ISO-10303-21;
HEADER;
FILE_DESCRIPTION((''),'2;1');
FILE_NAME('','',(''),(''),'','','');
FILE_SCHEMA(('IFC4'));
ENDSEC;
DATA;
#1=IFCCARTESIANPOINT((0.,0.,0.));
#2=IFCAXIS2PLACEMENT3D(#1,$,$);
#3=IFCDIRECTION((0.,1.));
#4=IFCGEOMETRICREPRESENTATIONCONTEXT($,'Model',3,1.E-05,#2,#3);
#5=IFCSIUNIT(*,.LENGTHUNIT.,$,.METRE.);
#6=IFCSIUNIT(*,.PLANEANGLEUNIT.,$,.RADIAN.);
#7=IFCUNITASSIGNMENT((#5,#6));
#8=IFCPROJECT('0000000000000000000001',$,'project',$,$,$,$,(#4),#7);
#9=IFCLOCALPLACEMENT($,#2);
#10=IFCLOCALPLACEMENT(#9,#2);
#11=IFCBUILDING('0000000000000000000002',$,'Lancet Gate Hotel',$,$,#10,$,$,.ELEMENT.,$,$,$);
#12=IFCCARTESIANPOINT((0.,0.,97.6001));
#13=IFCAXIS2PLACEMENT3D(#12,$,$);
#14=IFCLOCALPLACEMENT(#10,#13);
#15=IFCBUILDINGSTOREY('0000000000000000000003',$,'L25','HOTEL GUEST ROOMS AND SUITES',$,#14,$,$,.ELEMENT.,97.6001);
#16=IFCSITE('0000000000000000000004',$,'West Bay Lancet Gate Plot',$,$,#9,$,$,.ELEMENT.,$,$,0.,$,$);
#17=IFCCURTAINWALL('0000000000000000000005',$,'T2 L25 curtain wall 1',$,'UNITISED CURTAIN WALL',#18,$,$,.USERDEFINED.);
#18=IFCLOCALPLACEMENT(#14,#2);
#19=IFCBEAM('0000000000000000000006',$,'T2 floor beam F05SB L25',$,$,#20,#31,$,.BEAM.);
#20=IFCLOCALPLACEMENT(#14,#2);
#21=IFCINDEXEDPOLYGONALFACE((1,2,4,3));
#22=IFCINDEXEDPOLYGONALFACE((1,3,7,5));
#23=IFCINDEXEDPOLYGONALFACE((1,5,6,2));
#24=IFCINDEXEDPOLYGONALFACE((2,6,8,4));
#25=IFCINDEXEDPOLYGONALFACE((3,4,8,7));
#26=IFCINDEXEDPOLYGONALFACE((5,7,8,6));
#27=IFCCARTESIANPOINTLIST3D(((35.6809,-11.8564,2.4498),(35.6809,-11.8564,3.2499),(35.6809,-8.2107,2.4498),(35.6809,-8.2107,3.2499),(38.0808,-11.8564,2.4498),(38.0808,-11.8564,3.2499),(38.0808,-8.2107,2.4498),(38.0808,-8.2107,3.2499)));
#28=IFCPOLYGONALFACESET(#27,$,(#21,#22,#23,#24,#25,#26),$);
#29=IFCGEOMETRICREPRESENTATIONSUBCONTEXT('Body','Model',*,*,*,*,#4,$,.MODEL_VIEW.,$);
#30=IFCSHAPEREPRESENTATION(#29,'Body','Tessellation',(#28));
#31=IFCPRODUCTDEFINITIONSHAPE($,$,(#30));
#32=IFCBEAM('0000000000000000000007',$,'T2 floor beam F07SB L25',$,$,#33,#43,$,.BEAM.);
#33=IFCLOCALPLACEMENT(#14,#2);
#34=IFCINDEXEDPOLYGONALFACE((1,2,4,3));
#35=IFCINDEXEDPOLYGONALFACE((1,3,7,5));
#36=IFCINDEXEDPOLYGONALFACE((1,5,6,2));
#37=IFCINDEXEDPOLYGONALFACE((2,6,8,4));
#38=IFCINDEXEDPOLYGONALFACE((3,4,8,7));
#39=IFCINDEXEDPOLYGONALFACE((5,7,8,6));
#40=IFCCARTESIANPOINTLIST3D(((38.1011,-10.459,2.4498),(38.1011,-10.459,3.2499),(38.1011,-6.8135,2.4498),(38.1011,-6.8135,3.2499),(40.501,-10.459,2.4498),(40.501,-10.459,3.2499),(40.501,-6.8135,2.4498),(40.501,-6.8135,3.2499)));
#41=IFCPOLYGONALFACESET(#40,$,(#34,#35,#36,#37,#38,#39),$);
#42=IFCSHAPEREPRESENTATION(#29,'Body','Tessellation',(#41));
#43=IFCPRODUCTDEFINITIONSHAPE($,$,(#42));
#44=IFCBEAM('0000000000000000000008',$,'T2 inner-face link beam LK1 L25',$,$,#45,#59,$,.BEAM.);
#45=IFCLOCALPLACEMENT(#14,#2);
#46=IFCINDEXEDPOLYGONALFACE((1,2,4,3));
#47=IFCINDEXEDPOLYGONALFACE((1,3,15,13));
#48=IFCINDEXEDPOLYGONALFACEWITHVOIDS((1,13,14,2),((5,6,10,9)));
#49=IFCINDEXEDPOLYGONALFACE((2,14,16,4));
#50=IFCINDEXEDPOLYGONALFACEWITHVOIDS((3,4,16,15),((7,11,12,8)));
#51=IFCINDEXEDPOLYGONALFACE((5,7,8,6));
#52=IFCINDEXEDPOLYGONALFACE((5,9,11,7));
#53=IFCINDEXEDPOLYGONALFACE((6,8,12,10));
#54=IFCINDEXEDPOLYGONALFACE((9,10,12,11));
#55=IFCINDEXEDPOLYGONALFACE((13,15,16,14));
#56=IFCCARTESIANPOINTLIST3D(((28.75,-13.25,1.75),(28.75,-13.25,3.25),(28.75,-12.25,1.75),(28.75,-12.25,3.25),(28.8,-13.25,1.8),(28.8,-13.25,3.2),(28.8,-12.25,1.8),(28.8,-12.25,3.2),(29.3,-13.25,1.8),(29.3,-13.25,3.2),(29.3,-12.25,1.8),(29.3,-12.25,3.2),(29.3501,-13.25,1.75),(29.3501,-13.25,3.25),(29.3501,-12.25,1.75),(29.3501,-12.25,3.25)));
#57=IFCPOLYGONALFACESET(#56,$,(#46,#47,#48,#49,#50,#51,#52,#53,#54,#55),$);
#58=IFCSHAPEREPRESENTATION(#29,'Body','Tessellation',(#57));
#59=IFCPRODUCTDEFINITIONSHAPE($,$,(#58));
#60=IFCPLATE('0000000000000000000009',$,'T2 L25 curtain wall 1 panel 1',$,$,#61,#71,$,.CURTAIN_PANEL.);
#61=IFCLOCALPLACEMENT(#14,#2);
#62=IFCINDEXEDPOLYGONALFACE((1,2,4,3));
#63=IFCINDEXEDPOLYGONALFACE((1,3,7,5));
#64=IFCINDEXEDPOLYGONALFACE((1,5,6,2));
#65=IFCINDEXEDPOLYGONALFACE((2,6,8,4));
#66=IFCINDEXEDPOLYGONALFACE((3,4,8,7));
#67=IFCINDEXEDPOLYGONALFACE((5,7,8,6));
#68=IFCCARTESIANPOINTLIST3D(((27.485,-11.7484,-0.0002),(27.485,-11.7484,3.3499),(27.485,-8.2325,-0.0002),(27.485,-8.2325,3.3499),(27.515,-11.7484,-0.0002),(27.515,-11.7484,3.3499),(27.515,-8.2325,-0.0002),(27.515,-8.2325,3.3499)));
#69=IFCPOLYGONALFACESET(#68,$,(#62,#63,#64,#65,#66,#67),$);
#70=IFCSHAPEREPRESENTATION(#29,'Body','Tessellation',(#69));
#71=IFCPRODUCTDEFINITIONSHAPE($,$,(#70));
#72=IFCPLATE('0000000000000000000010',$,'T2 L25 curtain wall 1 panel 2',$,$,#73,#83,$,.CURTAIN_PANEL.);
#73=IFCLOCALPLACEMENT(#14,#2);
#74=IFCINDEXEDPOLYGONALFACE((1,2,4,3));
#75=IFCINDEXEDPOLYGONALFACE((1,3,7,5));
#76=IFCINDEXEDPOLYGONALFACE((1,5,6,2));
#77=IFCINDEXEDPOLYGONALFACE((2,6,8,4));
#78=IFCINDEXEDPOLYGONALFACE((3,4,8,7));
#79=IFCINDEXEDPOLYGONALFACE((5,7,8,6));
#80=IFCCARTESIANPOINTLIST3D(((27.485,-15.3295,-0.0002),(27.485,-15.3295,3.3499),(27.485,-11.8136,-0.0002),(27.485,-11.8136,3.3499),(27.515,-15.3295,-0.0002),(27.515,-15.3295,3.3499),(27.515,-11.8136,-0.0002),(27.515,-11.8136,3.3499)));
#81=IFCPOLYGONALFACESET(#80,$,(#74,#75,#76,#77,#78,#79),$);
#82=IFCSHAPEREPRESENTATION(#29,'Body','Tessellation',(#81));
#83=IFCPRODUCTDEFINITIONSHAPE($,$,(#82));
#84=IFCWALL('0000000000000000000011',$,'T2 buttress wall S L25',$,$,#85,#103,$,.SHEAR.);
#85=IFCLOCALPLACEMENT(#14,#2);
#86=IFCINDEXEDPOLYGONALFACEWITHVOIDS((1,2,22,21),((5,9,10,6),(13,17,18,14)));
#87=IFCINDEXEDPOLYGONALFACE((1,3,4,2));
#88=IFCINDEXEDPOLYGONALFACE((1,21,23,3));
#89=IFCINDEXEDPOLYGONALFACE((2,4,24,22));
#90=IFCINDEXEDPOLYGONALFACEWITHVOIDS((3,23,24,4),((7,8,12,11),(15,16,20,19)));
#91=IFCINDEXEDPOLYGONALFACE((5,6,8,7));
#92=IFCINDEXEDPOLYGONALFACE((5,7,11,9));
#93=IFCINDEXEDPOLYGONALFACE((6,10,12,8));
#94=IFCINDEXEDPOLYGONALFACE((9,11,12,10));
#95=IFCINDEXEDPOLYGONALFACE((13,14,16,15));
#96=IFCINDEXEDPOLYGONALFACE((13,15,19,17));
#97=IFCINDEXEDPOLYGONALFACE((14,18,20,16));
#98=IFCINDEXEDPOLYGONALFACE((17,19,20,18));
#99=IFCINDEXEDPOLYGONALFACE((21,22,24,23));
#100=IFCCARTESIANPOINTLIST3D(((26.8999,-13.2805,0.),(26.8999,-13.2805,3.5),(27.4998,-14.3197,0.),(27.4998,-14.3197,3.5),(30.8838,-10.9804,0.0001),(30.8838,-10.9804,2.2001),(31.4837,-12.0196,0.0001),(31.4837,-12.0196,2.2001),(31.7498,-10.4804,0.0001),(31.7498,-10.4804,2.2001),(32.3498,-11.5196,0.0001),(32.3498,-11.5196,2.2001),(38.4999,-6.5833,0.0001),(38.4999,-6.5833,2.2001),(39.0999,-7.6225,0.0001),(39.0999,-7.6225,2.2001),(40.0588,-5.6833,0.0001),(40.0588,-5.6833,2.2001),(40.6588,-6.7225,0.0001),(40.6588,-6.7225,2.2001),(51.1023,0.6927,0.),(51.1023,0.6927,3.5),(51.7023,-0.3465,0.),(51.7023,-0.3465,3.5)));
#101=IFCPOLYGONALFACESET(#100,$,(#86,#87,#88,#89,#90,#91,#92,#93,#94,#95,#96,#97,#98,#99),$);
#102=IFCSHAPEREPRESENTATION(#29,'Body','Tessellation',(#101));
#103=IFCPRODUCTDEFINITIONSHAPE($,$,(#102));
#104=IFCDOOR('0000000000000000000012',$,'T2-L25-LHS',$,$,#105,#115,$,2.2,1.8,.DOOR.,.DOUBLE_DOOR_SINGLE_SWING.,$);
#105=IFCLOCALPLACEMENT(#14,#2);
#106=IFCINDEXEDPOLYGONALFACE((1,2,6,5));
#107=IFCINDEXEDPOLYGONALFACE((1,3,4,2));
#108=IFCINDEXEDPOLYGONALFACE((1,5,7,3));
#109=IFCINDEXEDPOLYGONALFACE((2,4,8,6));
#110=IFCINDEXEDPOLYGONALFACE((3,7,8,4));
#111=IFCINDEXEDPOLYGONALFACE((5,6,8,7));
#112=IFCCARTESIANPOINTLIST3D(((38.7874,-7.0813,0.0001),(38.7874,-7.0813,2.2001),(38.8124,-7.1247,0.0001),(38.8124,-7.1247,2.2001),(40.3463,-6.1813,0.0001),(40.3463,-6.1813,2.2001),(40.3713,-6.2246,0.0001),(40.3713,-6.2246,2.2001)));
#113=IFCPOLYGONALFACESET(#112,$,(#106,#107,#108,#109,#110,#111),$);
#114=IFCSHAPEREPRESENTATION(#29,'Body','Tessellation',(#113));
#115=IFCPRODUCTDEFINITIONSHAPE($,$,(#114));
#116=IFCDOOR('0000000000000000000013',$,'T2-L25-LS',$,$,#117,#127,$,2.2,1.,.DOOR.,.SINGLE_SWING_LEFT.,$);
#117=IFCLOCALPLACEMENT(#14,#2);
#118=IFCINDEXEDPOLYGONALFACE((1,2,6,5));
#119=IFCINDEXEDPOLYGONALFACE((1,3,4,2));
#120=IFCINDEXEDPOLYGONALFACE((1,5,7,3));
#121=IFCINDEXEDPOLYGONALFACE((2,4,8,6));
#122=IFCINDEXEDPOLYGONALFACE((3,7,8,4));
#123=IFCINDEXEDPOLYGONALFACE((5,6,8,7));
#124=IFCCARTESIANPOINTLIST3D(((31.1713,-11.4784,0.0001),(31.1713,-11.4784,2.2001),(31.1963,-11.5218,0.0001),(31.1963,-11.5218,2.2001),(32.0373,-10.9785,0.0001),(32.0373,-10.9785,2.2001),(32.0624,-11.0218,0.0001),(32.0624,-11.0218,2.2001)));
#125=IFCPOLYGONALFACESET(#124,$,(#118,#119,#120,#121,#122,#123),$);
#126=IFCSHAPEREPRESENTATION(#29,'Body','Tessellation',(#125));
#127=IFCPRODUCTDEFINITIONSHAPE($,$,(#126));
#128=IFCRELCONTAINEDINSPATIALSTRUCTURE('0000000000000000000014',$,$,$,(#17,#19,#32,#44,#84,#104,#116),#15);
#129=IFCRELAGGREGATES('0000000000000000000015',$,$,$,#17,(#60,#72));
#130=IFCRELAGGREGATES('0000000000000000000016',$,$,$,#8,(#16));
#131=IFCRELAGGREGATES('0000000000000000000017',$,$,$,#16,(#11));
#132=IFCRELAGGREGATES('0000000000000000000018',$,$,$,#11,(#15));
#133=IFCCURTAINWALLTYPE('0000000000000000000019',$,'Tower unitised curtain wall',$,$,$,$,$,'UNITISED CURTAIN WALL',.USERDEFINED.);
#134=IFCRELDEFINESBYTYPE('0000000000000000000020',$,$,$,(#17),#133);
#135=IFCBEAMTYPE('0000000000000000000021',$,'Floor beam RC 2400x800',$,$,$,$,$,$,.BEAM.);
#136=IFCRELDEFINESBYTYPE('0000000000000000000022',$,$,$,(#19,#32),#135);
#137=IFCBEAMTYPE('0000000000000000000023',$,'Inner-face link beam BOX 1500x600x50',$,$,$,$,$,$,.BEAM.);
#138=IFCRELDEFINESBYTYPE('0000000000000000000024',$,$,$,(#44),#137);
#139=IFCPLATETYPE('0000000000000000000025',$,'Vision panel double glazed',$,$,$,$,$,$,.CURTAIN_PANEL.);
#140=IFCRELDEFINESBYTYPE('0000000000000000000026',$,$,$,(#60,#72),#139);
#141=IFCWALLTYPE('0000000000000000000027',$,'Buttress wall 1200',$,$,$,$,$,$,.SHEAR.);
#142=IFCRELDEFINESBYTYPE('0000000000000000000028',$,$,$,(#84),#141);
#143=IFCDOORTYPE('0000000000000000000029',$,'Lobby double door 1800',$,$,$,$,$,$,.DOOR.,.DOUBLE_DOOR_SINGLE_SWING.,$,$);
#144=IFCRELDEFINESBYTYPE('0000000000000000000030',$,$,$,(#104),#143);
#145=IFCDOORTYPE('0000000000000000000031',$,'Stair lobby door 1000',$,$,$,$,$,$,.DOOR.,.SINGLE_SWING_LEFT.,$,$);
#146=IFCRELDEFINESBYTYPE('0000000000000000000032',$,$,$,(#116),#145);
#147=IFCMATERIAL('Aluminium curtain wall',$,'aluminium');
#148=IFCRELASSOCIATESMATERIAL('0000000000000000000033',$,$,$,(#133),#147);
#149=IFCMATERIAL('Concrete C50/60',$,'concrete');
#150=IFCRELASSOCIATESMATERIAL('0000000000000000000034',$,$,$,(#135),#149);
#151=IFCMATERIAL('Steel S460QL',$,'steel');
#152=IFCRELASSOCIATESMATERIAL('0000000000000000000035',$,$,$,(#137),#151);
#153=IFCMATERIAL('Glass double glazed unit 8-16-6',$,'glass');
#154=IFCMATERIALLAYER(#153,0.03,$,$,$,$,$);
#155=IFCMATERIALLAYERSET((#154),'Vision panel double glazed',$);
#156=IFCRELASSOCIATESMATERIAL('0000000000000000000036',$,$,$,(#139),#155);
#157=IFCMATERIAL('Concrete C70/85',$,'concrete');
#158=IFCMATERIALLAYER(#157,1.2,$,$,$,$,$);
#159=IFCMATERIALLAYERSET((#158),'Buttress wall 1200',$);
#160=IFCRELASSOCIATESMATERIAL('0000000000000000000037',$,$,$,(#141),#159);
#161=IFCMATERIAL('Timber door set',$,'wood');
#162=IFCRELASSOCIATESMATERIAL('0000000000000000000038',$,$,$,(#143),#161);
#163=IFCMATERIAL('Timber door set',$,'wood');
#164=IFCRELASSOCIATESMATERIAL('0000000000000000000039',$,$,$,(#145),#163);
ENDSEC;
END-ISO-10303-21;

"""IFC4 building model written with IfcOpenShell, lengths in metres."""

from ifc_helpers import new_model, si_unit, direction, frame, frame_2d, origin, origin_2d, place, context, subcontext, project, spatial, rectangle, hollow_rectangle, extrude, material, layer, layer_set, material_profile, profile_set, type_object, element, fill, aggregate, save


model = new_model("IFC4")

# Units and contexts
model_context = context("Model", 3, precision=1e-05, world=origin(), true_north=direction((0.0, 1.0)))
body_context = subcontext(model_context, "Body", "Model", "MODEL_VIEW")
ifc_project = project(units=[si_unit("LENGTHUNIT", "METRE"), si_unit("PLANEANGLEUNIT", "RADIAN")], contexts=[model_context])

# Site, building, storey
site_placement = place(None, origin())
site = spatial("IfcSite", under=ifc_project, at=site_placement, Name="West Bay Lancet Gate Plot", CompositionType="ELEMENT", RefElevation=0.0)
building_placement = place(site_placement, origin())
building = spatial("IfcBuilding", under=site, at=building_placement, Name="Lancet Gate Hotel", CompositionType="ELEMENT")
storey_placement = place(building_placement, frame((0.0, 0.0, 97.6001)))
storey = spatial("IfcBuildingStorey", under=building, at=storey_placement, Name="L25", Description="HOTEL GUEST ROOMS AND SUITES", CompositionType="ELEMENT", Elevation=97.6001)

# Curtain wall
ifc_material_1 = material(Name="Aluminium curtain wall", Category="aluminium")
curtain_wall_type = type_object("IfcCurtainWallType", Name="Tower unitised curtain wall", ElementType="UNITISED CURTAIN WALL", PredefinedType="USERDEFINED", material=ifc_material_1)
curtain_wall_placement = place(storey_placement, origin())
curtain_wall = element("IfcCurtainWall", 1, at=curtain_wall_placement, inside=storey, type_object=curtain_wall_type, Name="T2 L25 curtain wall 1", ObjectType="UNITISED CURTAIN WALL", PredefinedType="USERDEFINED")

# Beams
ifc_material_2 = material(Name="Concrete C50/60", Category="concrete")
ifc_material_profile_1 = material_profile(ifc_material_2, rectangle(XDim=2.3999, YDim=0.8, at=origin_2d()), Name="RC 2400x800")
ifc_profile_set_1 = profile_set([ifc_material_profile_1], Name="Concrete C50/60")
beam_type_1 = type_object("IfcBeamType", Name="Floor beam RC 2400x800", PredefinedType="BEAM", material=ifc_profile_set_1)
for number, where, z_axis, x_axis, name in (
    (2, (36.8809, -11.8564, 2.8499), (0.0, 1.0, 0.0), (-1.0, 0.0, 0.0), "T2 floor beam F05SB L25"),
):
    element("IfcBeam", number, at=place(storey_placement, frame(where, z_axis=z_axis, x_axis=x_axis)), inside=storey, type_object=beam_type_1, Name=name, PredefinedType="BEAM", context=body_context, shape_type="SweptSolid", body=[
        extrude(rectangle(XDim=2.3999, YDim=0.8, at=origin_2d()), origin(), (0.0, 0.0, 1.0), 3.6458),
    ])
beam_1_placement = place(storey_placement, frame((39.301, -10.459, 2.8499), z_axis=(0.0, 1.0, 0.0), x_axis=(-1.0, 0.0, 0.0)))
element("IfcBeam", 3, at=beam_1_placement, inside=storey, type_object=beam_type_1, Name="T2 floor beam F07SB L25", PredefinedType="BEAM", context=body_context, shape_type="SweptSolid", body=[
    extrude(rectangle(XDim=2.3999, YDim=0.8, at=origin_2d()), origin(), (0.0, 0.0, 1.0), 3.6455),
])
ifc_material_3 = material(Name="Steel S460QL", Category="steel")
ifc_material_profile_2 = material_profile(ifc_material_3, hollow_rectangle(XDim=0.6001, YDim=1.5, WallThickness=0.05, at=origin_2d()), Name="BOX 1500x600x50")
ifc_profile_set_2 = profile_set([ifc_material_profile_2], Name="Steel S460QL")
beam_type_2 = type_object("IfcBeamType", Name="Inner-face link beam BOX 1500x600x50", PredefinedType="BEAM", material=ifc_profile_set_2)
beam_2_placement = place(storey_placement, frame((29.05, -13.25, 2.5), z_axis=(0.0, 1.0, 0.0), x_axis=(-1.0, 0.0, 0.0)))
element("IfcBeam", 4, at=beam_2_placement, inside=storey, type_object=beam_type_2, Name="T2 inner-face link beam LK1 L25", PredefinedType="BEAM", context=body_context, shape_type="SweptSolid", body=[
    extrude(hollow_rectangle(XDim=0.6001, YDim=1.5, WallThickness=0.05, at=origin_2d()), origin(), (0.0, 0.0, 1.0), 1.0),
])

# Plates
ifc_material_4 = material(Name="Glass double glazed unit 8-16-6", Category="glass")
ifc_layer_1 = layer(ifc_material_4, 0.03)
ifc_layer_set_1 = layer_set([ifc_layer_1], Name="Vision panel double glazed")
plate_type = type_object("IfcPlateType", Name="Vision panel double glazed", PredefinedType="CURTAIN_PANEL", material=ifc_layer_set_1)
plate_1_placement = place(storey_placement, frame((27.5, -9.9905, -0.0002), z_axis=(0.0, 0.0, 1.0), x_axis=(0.0, -1.0, 0.0)))
plate_1 = element("IfcPlate", 5, at=plate_1_placement, type_object=plate_type, Name="T2 L25 curtain wall 1 panel 1", PredefinedType="CURTAIN_PANEL", context=body_context, shape_type="SweptSolid", body=[
    extrude(rectangle(XDim=3.5159, YDim=0.03, at=origin_2d()), origin(), (0.0, 0.0, 1.0), 3.3501),
])
plate_2_placement = place(storey_placement, frame((27.5, -13.5715, -0.0002), z_axis=(0.0, 0.0, 1.0), x_axis=(0.0, -1.0, 0.0)))
plate_2 = element("IfcPlate", 6, at=plate_2_placement, type_object=plate_type, Name="T2 L25 curtain wall 1 panel 2", PredefinedType="CURTAIN_PANEL", context=body_context, shape_type="SweptSolid", body=[
    extrude(rectangle(XDim=3.5159, YDim=0.03, at=origin_2d()), origin(), (0.0, 0.0, 1.0), 3.3501),
])
aggregate(curtain_wall, [plate_1, plate_2])

# Wall, openings, doors
ifc_material_5 = material(Name="Concrete C70/85", Category="concrete")
ifc_layer_2 = layer(ifc_material_5, 1.2)
ifc_layer_set_2 = layer_set([ifc_layer_2], Name="Buttress wall 1200")
wall_type_1 = type_object("IfcWallType", Name="Buttress wall 1200", PredefinedType="SHEAR", material=ifc_layer_set_2)
wall_1_placement = place(storey_placement, frame((27.2, -13.8, 0.0), z_axis=(0.0, 0.0, 1.0), x_axis=(0.866027, 0.499997, 0.0)))
wall_1 = element("IfcWall", 7, at=wall_1_placement, inside=storey, type_object=wall_type_1, Name="T2 buttress wall S L25", PredefinedType="SHEAR", context=body_context, shape_type="SweptSolid", body=[
    extrude(rectangle(XDim=27.9465, YDim=1.2, at=frame_2d((13.9731, 0.0))), origin(), (0.0, 0.0, 1.0), 3.5),
])
opening_1_placement = place(wall_1_placement, frame((4.6001, 0.0, 0.0)))
opening_1 = element("IfcOpeningElement", 8, at=opening_1_placement, cuts=wall_1, PredefinedType="OPENING", context=body_context, shape_type="SweptSolid", body=[
    extrude(rectangle(XDim=1.0, YDim=2.2, at=frame_2d((0.5, 1.1001))), frame((0.0, 0.6099, 0.0), z_axis=(0.0, -1.0, 0.0), x_axis=(1.0, 0.0, 0.0)), (0.0, 0.0, 1.0), 1.22),
])
opening_2_placement = place(wall_1_placement, frame((13.3945, 0.0, 0.0)))
opening_2 = element("IfcOpeningElement", 9, at=opening_2_placement, cuts=wall_1, PredefinedType="OPENING", context=body_context, shape_type="SweptSolid", body=[
    extrude(rectangle(XDim=1.8, YDim=2.2, at=frame_2d((0.8999, 1.1001))), frame((0.0, 0.6099, 0.0), z_axis=(0.0, -1.0, 0.0), x_axis=(1.0, 0.0, 0.0)), (0.0, 0.0, 1.0), 1.22),
])
ifc_material_6 = material(Name="Timber door set", Category="wood")
door_type_1 = type_object("IfcDoorType", Name="Lobby double door 1800", OperationType="DOUBLE_DOOR_SINGLE_SWING", PredefinedType="DOOR", material=ifc_material_6)
door_1_placement = place(opening_2_placement, origin())
door_1 = element("IfcDoor", 10, at=door_1_placement, inside=storey, type_object=door_type_1, Name="T2-L25-LHS", OperationType="DOUBLE_DOOR_SINGLE_SWING", OverallHeight=2.2, OverallWidth=1.8, PredefinedType="DOOR", context=body_context, shape_type="SweptSolid", body=[
    extrude(rectangle(XDim=1.8, YDim=2.2, at=frame_2d((0.8999, 1.1001))), frame((0.0, 0.0249, 0.0), z_axis=(0.0, -1.0, 0.0), x_axis=(1.0, 0.0, 0.0)), (0.0, 0.0, 1.0), 0.05),
])
fill(opening_2, door_1)
ifc_material_7 = material(Name="Timber door set", Category="wood")
door_type_2 = type_object("IfcDoorType", Name="Stair lobby door 1000", OperationType="SINGLE_SWING_LEFT", PredefinedType="DOOR", material=ifc_material_7)
door_2_placement = place(opening_1_placement, origin())
door_2 = element("IfcDoor", 11, at=door_2_placement, inside=storey, type_object=door_type_2, Name="T2-L25-LS", OperationType="SINGLE_SWING_LEFT", OverallHeight=2.2, OverallWidth=1.0, PredefinedType="DOOR", context=body_context, shape_type="SweptSolid", body=[
    extrude(rectangle(XDim=1.0, YDim=2.2, at=frame_2d((0.5, 1.1001))), frame((0.0, 0.0249, 0.0), z_axis=(0.0, -1.0, 0.0), x_axis=(1.0, 0.0, 0.0)), (0.0, 0.0, 1.0), 0.05),
])
fill(opening_1, door_2)

save(model, "model.ifc")
